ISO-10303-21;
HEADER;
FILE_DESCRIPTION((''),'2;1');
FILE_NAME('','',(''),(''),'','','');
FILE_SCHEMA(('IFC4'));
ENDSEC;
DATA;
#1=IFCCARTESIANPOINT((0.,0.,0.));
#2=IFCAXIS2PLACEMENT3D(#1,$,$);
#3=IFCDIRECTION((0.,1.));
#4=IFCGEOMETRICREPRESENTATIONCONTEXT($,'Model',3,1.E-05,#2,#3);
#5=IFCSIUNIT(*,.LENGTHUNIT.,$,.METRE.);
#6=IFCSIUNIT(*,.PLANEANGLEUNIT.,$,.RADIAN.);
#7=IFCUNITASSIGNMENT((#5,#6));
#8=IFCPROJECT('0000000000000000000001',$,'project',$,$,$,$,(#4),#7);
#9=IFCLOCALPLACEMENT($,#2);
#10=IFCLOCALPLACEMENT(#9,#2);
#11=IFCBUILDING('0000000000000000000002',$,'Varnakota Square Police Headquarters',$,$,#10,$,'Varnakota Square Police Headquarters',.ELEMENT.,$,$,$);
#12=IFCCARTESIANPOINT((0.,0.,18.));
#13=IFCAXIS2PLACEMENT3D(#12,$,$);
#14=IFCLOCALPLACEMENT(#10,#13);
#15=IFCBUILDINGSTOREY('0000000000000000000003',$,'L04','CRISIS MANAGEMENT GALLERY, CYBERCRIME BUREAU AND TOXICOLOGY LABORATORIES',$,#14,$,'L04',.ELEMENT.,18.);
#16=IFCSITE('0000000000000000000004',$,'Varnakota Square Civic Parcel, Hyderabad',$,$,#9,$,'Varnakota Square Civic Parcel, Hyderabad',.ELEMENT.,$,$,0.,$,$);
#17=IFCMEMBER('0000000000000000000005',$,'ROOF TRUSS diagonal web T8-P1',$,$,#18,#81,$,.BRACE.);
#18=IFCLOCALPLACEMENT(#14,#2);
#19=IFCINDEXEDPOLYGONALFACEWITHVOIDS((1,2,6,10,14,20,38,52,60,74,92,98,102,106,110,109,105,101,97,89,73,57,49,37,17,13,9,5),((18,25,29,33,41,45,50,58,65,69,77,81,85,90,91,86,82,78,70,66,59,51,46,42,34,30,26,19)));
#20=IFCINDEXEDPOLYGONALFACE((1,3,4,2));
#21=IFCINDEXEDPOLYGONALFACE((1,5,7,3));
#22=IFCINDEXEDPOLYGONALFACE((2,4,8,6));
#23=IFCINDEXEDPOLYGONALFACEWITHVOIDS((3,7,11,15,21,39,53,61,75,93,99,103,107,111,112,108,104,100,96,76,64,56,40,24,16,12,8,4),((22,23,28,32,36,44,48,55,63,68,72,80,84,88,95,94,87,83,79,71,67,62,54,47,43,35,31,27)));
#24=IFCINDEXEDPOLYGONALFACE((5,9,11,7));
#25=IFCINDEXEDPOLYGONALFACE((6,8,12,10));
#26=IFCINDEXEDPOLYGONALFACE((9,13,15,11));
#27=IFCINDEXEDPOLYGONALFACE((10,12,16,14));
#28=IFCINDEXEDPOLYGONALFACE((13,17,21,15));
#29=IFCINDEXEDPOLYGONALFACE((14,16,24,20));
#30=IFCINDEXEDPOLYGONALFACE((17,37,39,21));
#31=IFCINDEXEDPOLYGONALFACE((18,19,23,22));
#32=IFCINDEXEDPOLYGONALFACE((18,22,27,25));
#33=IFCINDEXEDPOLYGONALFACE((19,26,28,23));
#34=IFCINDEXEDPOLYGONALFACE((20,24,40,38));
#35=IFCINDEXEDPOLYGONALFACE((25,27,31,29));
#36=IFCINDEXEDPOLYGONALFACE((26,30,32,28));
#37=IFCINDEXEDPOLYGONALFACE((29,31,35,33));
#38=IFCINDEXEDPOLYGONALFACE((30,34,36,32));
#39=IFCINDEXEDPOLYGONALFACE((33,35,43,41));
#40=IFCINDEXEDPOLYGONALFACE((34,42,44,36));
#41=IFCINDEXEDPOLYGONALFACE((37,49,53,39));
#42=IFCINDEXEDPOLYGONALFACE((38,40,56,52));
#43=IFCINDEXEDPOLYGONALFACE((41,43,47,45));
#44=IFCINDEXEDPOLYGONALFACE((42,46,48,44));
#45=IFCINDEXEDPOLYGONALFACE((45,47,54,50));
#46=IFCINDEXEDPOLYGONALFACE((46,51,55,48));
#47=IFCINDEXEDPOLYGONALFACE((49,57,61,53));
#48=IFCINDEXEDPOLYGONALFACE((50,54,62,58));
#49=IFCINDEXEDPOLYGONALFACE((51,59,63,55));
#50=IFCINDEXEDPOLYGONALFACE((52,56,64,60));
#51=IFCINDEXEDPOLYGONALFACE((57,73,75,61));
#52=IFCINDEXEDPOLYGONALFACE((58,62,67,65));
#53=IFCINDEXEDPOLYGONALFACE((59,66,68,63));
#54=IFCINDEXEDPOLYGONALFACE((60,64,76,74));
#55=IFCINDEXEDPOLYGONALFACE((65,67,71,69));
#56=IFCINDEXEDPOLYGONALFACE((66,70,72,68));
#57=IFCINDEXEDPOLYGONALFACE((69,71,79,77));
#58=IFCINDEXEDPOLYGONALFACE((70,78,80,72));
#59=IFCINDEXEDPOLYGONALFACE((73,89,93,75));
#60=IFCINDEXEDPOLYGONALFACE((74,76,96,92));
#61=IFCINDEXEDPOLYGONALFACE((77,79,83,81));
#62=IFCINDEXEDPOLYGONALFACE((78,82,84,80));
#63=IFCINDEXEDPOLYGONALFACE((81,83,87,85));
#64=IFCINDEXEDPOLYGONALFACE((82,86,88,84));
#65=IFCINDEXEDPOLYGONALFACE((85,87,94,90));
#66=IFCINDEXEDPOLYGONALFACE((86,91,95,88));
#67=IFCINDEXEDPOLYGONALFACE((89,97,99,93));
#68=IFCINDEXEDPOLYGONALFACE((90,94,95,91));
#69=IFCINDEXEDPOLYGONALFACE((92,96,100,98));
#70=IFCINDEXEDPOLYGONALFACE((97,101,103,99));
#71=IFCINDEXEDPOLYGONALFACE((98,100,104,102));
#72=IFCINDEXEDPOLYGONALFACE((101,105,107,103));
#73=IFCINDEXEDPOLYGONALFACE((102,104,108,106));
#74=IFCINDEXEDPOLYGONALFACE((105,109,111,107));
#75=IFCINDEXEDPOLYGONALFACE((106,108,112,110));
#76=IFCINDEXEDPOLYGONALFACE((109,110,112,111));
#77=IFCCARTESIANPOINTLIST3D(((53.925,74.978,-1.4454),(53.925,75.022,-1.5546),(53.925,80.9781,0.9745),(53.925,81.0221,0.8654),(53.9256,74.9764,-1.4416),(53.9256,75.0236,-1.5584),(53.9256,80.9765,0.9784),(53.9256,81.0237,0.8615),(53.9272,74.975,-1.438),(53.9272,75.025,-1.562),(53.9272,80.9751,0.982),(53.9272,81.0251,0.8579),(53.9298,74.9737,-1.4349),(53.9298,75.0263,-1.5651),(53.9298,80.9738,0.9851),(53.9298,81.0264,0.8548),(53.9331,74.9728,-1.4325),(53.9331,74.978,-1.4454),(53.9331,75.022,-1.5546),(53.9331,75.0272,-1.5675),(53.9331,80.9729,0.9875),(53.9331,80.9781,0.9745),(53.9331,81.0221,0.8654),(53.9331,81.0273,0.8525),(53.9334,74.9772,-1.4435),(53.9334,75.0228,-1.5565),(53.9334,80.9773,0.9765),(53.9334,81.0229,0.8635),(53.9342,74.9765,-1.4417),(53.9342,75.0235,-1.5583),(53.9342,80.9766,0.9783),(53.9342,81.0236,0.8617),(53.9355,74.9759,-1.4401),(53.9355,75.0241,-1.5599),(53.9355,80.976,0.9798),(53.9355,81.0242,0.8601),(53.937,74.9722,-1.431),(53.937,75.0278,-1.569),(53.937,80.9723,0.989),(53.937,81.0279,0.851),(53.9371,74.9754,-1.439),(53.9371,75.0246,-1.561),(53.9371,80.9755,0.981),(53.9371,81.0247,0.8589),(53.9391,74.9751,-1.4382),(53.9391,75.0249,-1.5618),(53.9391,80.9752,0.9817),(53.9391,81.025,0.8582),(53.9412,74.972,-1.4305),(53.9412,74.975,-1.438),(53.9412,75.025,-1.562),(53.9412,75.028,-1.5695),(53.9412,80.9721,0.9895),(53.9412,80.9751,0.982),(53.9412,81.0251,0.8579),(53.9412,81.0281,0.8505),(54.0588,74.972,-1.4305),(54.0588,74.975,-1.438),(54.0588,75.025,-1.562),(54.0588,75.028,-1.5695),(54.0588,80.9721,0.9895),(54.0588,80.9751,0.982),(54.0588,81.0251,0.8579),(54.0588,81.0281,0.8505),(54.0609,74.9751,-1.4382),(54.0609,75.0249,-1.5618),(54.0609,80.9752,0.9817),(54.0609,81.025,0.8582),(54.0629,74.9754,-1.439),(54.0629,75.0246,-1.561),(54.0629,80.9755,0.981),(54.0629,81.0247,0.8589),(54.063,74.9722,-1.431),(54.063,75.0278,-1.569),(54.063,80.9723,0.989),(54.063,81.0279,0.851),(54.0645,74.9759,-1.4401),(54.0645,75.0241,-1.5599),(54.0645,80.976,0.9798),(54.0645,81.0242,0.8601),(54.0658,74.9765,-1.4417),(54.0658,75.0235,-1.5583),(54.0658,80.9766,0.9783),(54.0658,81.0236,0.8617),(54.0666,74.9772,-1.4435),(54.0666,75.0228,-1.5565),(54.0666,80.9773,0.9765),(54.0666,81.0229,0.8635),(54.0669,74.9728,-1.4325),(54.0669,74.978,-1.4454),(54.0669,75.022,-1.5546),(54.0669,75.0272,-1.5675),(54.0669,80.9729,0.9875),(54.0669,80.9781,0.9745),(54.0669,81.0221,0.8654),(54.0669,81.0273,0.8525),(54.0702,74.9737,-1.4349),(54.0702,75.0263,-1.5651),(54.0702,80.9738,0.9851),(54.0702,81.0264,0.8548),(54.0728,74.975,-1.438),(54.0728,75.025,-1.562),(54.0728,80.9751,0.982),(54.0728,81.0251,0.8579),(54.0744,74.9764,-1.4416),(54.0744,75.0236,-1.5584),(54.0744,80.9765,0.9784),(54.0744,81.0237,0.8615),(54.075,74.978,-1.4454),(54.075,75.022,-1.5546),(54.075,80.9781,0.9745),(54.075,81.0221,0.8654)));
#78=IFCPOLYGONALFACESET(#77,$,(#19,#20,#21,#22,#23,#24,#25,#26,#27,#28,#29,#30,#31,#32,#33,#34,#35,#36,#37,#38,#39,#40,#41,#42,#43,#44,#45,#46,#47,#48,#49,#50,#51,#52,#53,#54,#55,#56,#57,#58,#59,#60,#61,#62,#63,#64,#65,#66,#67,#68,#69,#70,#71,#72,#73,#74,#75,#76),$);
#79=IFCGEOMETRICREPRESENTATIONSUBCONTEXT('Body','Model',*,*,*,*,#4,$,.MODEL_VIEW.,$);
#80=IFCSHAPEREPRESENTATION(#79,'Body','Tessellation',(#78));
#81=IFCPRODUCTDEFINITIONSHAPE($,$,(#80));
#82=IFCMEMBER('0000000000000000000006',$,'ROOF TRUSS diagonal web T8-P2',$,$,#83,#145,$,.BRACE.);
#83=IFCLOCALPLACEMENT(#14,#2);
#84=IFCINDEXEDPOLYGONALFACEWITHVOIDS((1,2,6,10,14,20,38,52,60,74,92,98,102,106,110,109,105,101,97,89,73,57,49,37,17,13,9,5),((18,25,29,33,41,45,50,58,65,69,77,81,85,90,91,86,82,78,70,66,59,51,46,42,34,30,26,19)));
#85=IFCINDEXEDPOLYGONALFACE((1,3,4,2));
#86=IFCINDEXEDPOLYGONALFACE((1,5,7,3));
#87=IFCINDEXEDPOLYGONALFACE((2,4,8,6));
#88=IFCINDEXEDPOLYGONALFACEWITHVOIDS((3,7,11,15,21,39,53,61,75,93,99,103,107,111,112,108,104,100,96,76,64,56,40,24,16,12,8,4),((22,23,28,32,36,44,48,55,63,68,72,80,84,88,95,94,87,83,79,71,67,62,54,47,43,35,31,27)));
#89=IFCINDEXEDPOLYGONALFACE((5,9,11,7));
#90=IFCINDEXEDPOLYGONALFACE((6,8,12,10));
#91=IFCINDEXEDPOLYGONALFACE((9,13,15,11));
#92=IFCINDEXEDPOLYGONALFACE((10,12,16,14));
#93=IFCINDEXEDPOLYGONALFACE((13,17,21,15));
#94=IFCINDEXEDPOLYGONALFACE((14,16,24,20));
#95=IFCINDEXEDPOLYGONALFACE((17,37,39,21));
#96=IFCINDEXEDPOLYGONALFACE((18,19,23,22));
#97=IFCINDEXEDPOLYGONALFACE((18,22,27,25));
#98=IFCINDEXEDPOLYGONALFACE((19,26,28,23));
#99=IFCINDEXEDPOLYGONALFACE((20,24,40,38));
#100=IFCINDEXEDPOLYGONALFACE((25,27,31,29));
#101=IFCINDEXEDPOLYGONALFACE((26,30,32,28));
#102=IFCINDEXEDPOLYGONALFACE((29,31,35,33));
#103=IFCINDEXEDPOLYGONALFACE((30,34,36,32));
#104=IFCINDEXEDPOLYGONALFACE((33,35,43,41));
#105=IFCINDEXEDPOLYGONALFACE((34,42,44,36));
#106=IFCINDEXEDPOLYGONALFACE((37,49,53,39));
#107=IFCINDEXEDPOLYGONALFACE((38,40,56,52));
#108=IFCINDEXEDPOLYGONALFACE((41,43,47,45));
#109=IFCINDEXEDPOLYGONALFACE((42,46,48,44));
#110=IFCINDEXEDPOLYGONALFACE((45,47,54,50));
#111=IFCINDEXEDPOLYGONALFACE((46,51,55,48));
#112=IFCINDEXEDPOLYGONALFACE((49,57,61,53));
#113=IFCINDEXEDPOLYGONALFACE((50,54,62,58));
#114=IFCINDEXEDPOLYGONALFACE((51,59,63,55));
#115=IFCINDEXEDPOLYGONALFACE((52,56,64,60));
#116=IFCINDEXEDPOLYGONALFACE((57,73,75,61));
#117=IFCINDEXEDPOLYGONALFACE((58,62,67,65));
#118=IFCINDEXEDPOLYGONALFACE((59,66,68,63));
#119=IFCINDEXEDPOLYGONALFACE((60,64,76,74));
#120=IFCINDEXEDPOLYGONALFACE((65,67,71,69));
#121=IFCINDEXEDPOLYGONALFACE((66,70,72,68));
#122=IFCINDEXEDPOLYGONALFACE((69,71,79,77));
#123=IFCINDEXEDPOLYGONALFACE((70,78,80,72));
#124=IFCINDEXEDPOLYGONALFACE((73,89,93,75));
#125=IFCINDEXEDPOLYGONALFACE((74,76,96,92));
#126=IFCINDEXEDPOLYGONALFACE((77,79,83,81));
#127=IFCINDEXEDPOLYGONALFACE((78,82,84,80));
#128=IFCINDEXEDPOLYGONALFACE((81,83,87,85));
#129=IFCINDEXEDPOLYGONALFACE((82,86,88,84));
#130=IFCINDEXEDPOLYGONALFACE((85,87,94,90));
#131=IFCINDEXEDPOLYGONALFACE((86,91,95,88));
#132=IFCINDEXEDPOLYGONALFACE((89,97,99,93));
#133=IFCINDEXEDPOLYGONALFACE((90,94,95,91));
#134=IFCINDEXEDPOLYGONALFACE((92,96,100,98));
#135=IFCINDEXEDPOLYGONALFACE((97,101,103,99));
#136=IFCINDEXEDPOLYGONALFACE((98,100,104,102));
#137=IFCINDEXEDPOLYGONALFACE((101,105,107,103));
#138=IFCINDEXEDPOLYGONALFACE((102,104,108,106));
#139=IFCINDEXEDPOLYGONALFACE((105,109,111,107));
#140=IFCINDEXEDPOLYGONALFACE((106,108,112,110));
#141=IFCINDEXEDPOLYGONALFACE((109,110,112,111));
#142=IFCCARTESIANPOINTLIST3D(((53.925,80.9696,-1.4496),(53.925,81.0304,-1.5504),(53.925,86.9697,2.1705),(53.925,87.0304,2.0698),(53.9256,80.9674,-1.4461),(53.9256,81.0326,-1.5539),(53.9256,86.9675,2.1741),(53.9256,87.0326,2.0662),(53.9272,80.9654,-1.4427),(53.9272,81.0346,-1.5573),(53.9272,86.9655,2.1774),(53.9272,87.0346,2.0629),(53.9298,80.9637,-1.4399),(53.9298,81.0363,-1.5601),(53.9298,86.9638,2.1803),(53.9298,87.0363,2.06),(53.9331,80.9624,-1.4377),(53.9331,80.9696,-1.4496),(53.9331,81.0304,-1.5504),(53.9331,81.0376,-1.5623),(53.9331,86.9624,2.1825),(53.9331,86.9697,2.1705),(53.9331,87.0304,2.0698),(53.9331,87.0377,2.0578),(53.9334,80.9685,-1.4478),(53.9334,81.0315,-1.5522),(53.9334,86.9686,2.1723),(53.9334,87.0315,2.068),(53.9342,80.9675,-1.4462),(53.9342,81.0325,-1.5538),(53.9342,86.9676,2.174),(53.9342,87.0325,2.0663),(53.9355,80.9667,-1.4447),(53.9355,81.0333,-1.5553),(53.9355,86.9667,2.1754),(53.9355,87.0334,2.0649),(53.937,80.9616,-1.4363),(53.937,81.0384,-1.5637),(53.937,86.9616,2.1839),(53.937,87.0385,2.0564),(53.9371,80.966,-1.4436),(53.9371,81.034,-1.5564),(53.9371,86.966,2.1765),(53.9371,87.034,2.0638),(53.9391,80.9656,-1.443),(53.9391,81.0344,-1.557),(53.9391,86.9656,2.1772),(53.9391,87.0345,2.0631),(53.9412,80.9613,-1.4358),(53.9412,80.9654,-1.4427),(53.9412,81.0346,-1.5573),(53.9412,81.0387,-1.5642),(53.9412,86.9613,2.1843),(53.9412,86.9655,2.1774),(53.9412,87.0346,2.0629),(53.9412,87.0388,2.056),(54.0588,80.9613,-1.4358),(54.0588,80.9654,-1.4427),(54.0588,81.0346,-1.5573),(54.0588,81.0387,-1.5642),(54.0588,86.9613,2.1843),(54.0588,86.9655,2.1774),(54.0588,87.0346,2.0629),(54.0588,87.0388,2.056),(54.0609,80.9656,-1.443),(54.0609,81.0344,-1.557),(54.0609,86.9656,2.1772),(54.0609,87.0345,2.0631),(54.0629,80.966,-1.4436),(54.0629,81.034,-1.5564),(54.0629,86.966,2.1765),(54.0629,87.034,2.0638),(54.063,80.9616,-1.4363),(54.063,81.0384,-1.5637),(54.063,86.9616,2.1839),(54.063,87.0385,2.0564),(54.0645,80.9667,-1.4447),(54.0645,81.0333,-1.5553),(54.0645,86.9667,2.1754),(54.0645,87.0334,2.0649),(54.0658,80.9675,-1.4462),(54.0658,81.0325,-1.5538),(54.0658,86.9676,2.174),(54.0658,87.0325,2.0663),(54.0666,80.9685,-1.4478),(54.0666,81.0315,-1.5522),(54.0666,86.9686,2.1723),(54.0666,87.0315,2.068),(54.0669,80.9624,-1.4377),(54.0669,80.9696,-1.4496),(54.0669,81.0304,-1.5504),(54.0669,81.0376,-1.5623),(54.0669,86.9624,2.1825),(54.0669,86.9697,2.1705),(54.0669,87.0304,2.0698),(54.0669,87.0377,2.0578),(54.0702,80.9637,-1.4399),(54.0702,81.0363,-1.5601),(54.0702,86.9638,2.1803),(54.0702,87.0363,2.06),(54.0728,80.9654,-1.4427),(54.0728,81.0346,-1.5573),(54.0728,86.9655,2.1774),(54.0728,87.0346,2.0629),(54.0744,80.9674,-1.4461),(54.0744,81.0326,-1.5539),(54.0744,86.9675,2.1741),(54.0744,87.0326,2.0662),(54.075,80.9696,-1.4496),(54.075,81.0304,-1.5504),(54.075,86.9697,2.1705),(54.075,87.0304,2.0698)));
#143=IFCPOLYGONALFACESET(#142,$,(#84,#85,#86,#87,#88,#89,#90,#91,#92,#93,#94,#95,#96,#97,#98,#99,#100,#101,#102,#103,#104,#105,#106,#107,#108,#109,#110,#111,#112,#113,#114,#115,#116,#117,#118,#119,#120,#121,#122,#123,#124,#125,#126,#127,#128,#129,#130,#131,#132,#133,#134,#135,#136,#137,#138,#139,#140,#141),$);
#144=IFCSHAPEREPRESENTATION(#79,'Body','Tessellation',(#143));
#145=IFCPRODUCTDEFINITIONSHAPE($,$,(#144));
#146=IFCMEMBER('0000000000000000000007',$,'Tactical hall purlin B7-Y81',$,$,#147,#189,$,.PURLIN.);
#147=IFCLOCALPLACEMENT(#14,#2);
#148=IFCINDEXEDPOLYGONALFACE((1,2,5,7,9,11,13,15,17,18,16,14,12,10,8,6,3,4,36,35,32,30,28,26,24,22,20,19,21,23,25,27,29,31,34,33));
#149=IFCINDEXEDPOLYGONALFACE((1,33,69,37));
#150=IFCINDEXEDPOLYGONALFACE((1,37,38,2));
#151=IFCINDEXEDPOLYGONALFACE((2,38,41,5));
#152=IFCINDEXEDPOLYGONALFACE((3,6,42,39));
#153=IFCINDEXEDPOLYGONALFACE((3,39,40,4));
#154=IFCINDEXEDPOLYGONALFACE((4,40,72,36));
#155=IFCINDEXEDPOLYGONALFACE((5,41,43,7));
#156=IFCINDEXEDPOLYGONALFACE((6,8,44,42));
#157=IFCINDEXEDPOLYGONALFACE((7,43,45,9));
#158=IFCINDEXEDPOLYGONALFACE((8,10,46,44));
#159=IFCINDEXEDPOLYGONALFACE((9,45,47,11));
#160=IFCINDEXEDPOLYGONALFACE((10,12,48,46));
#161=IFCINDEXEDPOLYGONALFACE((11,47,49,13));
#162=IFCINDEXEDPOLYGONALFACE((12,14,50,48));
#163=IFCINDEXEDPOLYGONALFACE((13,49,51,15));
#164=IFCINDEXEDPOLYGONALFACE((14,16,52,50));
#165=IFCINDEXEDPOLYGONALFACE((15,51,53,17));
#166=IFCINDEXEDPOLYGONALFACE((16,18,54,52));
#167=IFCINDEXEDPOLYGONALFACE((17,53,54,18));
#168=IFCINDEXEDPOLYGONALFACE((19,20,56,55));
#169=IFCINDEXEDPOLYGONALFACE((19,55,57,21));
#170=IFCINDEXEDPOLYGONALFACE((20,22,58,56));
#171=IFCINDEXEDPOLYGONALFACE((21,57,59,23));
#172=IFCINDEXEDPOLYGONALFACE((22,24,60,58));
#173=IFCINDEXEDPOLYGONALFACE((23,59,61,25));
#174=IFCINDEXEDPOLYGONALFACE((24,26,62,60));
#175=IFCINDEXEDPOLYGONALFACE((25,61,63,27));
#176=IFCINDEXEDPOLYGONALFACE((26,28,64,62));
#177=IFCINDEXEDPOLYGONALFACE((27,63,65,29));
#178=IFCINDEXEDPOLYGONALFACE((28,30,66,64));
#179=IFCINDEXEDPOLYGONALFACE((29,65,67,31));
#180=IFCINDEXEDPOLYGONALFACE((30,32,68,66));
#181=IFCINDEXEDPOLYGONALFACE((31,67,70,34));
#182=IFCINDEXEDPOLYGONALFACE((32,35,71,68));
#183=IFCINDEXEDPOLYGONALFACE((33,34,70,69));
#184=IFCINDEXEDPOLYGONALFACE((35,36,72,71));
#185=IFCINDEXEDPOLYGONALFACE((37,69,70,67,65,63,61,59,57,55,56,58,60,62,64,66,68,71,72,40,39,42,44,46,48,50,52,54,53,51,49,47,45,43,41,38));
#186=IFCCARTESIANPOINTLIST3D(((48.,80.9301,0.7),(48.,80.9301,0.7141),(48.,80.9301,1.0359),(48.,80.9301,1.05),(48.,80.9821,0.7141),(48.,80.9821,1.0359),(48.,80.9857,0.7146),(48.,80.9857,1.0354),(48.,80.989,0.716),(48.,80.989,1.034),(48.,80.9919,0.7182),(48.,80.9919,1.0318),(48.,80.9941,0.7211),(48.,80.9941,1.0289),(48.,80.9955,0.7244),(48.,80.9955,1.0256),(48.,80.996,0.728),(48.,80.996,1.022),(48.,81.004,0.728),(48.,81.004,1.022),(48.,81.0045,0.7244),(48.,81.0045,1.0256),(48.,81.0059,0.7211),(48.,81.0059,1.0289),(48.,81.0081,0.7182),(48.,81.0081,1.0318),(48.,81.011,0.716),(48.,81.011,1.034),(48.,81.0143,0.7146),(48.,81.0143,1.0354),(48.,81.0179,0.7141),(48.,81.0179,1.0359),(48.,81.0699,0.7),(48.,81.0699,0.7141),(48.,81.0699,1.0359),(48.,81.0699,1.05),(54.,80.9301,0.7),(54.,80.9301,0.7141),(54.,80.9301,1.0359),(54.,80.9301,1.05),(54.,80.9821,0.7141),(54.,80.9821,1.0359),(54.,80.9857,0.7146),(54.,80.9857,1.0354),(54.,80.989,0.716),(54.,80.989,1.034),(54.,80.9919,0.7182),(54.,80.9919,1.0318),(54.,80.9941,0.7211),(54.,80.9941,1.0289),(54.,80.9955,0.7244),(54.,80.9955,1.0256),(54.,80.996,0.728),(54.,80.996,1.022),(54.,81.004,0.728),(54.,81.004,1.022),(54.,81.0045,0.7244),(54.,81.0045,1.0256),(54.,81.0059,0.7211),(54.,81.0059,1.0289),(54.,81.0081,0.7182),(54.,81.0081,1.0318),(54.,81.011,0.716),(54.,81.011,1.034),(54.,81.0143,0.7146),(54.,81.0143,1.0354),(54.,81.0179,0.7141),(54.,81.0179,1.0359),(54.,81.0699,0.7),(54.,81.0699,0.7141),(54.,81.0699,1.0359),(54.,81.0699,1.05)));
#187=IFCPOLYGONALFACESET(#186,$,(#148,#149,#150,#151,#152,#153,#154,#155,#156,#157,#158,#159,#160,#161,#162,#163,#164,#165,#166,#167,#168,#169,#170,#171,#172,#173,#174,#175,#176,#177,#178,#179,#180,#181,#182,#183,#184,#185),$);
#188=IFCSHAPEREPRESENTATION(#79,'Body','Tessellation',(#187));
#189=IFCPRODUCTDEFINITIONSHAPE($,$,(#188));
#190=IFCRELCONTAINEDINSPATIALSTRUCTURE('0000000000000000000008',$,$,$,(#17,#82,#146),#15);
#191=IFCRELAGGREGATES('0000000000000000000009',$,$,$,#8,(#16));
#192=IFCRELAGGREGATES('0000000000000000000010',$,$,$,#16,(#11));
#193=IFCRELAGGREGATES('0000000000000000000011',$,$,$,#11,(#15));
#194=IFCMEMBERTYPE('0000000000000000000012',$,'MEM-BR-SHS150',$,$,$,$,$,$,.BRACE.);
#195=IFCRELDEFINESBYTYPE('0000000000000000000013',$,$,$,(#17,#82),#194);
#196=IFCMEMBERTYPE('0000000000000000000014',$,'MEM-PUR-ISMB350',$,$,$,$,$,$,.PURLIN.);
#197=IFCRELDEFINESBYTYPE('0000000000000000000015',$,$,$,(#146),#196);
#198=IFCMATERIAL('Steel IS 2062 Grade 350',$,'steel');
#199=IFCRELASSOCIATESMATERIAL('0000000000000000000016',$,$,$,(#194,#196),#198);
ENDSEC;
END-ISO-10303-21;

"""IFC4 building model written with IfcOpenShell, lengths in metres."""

from ifc_helpers import new_model, si_unit, direction, frame, origin, origin_2d, place, context, subcontext, project, spatial, hollow_rectangle, i_section, extrude, material, material_profile, profile_set, type_object, element, save


model = new_model("IFC4")

# Units and contexts
model_context = context("Model", 3, precision=1e-05, world=origin(), true_north=direction((0.0, 1.0)))
body_context = subcontext(model_context, "Body", "Model", "MODEL_VIEW")
ifc_project = project(units=[si_unit("LENGTHUNIT", "METRE"), si_unit("PLANEANGLEUNIT", "RADIAN")], contexts=[model_context])

# Site, building, storey
site_placement = place(None, origin())
site = spatial("IfcSite", under=ifc_project, at=site_placement, Name="Varnakota Square Civic Parcel, Hyderabad", LongName="Varnakota Square Civic Parcel, Hyderabad", CompositionType="ELEMENT", RefElevation=0.0)
building_placement = place(site_placement, origin())
building = spatial("IfcBuilding", under=site, at=building_placement, Name="Varnakota Square Police Headquarters", LongName="Varnakota Square Police Headquarters", CompositionType="ELEMENT")
storey_placement = place(building_placement, frame((0.0, 0.0, 18.0)))
storey = spatial("IfcBuildingStorey", under=building, at=storey_placement, Name="L04", Description="CRISIS MANAGEMENT GALLERY, CYBERCRIME BUREAU AND TOXICOLOGY LABORATORIES", LongName="L04", CompositionType="ELEMENT", Elevation=18.0)

# Shared definitions
ifc_material_1 = material(Name="Steel IS 2062 Grade 350", Category="steel")

# Members
ifc_material_profile_1 = material_profile(ifc_material_1, hollow_rectangle(XDim=0.1499, YDim=0.1499, WallThickness=0.0081, InnerFilletRadius=0.0081, OuterFilletRadius=0.0161, at=origin_2d()), Name="SHS 150x150x8")
ifc_profile_set_1 = profile_set([ifc_material_profile_1], Name="Steel IS 2062 Grade 350")
member_type_1 = type_object("IfcMemberType", Name="MEM-BR-SHS150", PredefinedType="BRACE", material=ifc_profile_set_1)
member_1_placement = place(storey_placement, frame((54.0, 75.0, -1.5), z_axis=(0.0, 0.927411, 0.374044), x_axis=(-1.0, 0.0, 0.0)))
element("IfcMember", 1, at=member_1_placement, inside=storey, type_object=member_type_1, Name="ROOF TRUSS diagonal web T8-P1", PredefinedType="BRACE", context=body_context, shape_type="SweptSolid", body=[
    extrude(hollow_rectangle(XDim=0.1499, YDim=0.1499, WallThickness=0.0081, InnerFilletRadius=0.0081, OuterFilletRadius=0.0161, at=origin_2d()), origin(), (0.0, 0.0, 1.0), 6.4697),
])
member_2_placement = place(storey_placement, frame((54.0, 81.0, -1.5), z_axis=(0.0, 0.856224, 0.516605), x_axis=(-1.0, 0.0, 0.0)))
element("IfcMember", 2, at=member_2_placement, inside=storey, type_object=member_type_1, Name="ROOF TRUSS diagonal web T8-P2", PredefinedType="BRACE", context=body_context, shape_type="SweptSolid", body=[
    extrude(hollow_rectangle(XDim=0.1499, YDim=0.1499, WallThickness=0.0081, InnerFilletRadius=0.0081, OuterFilletRadius=0.0161, at=origin_2d()), origin(), (0.0, 0.0, 1.0), 7.0076),
])
ifc_material_profile_2 = material_profile(ifc_material_1, i_section(OverallWidth=0.1399, OverallDepth=0.3501, WebThickness=0.0081, FlangeThickness=0.0142, FilletRadius=0.0139, at=origin_2d()), Name="ISMB 350")
ifc_profile_set_2 = profile_set([ifc_material_profile_2], Name="Steel IS 2062 Grade 350")
member_type_2 = type_object("IfcMemberType", Name="MEM-PUR-ISMB350", PredefinedType="PURLIN", material=ifc_profile_set_2)
member_3_placement = place(storey_placement, frame((48.0, 81.0, 0.875), z_axis=(1.0, 0.0, 0.0), x_axis=(0.0, 1.0, 0.0)))
element("IfcMember", 3, at=member_3_placement, inside=storey, type_object=member_type_2, Name="Tactical hall purlin B7-Y81", PredefinedType="PURLIN", context=body_context, shape_type="SweptSolid", body=[
    extrude(i_section(OverallWidth=0.1399, OverallDepth=0.3501, WebThickness=0.0081, FlangeThickness=0.0142, FilletRadius=0.0139, at=origin_2d()), origin(), (0.0, 0.0, 1.0), 6.0),
])

save(model, "model.ifc")
